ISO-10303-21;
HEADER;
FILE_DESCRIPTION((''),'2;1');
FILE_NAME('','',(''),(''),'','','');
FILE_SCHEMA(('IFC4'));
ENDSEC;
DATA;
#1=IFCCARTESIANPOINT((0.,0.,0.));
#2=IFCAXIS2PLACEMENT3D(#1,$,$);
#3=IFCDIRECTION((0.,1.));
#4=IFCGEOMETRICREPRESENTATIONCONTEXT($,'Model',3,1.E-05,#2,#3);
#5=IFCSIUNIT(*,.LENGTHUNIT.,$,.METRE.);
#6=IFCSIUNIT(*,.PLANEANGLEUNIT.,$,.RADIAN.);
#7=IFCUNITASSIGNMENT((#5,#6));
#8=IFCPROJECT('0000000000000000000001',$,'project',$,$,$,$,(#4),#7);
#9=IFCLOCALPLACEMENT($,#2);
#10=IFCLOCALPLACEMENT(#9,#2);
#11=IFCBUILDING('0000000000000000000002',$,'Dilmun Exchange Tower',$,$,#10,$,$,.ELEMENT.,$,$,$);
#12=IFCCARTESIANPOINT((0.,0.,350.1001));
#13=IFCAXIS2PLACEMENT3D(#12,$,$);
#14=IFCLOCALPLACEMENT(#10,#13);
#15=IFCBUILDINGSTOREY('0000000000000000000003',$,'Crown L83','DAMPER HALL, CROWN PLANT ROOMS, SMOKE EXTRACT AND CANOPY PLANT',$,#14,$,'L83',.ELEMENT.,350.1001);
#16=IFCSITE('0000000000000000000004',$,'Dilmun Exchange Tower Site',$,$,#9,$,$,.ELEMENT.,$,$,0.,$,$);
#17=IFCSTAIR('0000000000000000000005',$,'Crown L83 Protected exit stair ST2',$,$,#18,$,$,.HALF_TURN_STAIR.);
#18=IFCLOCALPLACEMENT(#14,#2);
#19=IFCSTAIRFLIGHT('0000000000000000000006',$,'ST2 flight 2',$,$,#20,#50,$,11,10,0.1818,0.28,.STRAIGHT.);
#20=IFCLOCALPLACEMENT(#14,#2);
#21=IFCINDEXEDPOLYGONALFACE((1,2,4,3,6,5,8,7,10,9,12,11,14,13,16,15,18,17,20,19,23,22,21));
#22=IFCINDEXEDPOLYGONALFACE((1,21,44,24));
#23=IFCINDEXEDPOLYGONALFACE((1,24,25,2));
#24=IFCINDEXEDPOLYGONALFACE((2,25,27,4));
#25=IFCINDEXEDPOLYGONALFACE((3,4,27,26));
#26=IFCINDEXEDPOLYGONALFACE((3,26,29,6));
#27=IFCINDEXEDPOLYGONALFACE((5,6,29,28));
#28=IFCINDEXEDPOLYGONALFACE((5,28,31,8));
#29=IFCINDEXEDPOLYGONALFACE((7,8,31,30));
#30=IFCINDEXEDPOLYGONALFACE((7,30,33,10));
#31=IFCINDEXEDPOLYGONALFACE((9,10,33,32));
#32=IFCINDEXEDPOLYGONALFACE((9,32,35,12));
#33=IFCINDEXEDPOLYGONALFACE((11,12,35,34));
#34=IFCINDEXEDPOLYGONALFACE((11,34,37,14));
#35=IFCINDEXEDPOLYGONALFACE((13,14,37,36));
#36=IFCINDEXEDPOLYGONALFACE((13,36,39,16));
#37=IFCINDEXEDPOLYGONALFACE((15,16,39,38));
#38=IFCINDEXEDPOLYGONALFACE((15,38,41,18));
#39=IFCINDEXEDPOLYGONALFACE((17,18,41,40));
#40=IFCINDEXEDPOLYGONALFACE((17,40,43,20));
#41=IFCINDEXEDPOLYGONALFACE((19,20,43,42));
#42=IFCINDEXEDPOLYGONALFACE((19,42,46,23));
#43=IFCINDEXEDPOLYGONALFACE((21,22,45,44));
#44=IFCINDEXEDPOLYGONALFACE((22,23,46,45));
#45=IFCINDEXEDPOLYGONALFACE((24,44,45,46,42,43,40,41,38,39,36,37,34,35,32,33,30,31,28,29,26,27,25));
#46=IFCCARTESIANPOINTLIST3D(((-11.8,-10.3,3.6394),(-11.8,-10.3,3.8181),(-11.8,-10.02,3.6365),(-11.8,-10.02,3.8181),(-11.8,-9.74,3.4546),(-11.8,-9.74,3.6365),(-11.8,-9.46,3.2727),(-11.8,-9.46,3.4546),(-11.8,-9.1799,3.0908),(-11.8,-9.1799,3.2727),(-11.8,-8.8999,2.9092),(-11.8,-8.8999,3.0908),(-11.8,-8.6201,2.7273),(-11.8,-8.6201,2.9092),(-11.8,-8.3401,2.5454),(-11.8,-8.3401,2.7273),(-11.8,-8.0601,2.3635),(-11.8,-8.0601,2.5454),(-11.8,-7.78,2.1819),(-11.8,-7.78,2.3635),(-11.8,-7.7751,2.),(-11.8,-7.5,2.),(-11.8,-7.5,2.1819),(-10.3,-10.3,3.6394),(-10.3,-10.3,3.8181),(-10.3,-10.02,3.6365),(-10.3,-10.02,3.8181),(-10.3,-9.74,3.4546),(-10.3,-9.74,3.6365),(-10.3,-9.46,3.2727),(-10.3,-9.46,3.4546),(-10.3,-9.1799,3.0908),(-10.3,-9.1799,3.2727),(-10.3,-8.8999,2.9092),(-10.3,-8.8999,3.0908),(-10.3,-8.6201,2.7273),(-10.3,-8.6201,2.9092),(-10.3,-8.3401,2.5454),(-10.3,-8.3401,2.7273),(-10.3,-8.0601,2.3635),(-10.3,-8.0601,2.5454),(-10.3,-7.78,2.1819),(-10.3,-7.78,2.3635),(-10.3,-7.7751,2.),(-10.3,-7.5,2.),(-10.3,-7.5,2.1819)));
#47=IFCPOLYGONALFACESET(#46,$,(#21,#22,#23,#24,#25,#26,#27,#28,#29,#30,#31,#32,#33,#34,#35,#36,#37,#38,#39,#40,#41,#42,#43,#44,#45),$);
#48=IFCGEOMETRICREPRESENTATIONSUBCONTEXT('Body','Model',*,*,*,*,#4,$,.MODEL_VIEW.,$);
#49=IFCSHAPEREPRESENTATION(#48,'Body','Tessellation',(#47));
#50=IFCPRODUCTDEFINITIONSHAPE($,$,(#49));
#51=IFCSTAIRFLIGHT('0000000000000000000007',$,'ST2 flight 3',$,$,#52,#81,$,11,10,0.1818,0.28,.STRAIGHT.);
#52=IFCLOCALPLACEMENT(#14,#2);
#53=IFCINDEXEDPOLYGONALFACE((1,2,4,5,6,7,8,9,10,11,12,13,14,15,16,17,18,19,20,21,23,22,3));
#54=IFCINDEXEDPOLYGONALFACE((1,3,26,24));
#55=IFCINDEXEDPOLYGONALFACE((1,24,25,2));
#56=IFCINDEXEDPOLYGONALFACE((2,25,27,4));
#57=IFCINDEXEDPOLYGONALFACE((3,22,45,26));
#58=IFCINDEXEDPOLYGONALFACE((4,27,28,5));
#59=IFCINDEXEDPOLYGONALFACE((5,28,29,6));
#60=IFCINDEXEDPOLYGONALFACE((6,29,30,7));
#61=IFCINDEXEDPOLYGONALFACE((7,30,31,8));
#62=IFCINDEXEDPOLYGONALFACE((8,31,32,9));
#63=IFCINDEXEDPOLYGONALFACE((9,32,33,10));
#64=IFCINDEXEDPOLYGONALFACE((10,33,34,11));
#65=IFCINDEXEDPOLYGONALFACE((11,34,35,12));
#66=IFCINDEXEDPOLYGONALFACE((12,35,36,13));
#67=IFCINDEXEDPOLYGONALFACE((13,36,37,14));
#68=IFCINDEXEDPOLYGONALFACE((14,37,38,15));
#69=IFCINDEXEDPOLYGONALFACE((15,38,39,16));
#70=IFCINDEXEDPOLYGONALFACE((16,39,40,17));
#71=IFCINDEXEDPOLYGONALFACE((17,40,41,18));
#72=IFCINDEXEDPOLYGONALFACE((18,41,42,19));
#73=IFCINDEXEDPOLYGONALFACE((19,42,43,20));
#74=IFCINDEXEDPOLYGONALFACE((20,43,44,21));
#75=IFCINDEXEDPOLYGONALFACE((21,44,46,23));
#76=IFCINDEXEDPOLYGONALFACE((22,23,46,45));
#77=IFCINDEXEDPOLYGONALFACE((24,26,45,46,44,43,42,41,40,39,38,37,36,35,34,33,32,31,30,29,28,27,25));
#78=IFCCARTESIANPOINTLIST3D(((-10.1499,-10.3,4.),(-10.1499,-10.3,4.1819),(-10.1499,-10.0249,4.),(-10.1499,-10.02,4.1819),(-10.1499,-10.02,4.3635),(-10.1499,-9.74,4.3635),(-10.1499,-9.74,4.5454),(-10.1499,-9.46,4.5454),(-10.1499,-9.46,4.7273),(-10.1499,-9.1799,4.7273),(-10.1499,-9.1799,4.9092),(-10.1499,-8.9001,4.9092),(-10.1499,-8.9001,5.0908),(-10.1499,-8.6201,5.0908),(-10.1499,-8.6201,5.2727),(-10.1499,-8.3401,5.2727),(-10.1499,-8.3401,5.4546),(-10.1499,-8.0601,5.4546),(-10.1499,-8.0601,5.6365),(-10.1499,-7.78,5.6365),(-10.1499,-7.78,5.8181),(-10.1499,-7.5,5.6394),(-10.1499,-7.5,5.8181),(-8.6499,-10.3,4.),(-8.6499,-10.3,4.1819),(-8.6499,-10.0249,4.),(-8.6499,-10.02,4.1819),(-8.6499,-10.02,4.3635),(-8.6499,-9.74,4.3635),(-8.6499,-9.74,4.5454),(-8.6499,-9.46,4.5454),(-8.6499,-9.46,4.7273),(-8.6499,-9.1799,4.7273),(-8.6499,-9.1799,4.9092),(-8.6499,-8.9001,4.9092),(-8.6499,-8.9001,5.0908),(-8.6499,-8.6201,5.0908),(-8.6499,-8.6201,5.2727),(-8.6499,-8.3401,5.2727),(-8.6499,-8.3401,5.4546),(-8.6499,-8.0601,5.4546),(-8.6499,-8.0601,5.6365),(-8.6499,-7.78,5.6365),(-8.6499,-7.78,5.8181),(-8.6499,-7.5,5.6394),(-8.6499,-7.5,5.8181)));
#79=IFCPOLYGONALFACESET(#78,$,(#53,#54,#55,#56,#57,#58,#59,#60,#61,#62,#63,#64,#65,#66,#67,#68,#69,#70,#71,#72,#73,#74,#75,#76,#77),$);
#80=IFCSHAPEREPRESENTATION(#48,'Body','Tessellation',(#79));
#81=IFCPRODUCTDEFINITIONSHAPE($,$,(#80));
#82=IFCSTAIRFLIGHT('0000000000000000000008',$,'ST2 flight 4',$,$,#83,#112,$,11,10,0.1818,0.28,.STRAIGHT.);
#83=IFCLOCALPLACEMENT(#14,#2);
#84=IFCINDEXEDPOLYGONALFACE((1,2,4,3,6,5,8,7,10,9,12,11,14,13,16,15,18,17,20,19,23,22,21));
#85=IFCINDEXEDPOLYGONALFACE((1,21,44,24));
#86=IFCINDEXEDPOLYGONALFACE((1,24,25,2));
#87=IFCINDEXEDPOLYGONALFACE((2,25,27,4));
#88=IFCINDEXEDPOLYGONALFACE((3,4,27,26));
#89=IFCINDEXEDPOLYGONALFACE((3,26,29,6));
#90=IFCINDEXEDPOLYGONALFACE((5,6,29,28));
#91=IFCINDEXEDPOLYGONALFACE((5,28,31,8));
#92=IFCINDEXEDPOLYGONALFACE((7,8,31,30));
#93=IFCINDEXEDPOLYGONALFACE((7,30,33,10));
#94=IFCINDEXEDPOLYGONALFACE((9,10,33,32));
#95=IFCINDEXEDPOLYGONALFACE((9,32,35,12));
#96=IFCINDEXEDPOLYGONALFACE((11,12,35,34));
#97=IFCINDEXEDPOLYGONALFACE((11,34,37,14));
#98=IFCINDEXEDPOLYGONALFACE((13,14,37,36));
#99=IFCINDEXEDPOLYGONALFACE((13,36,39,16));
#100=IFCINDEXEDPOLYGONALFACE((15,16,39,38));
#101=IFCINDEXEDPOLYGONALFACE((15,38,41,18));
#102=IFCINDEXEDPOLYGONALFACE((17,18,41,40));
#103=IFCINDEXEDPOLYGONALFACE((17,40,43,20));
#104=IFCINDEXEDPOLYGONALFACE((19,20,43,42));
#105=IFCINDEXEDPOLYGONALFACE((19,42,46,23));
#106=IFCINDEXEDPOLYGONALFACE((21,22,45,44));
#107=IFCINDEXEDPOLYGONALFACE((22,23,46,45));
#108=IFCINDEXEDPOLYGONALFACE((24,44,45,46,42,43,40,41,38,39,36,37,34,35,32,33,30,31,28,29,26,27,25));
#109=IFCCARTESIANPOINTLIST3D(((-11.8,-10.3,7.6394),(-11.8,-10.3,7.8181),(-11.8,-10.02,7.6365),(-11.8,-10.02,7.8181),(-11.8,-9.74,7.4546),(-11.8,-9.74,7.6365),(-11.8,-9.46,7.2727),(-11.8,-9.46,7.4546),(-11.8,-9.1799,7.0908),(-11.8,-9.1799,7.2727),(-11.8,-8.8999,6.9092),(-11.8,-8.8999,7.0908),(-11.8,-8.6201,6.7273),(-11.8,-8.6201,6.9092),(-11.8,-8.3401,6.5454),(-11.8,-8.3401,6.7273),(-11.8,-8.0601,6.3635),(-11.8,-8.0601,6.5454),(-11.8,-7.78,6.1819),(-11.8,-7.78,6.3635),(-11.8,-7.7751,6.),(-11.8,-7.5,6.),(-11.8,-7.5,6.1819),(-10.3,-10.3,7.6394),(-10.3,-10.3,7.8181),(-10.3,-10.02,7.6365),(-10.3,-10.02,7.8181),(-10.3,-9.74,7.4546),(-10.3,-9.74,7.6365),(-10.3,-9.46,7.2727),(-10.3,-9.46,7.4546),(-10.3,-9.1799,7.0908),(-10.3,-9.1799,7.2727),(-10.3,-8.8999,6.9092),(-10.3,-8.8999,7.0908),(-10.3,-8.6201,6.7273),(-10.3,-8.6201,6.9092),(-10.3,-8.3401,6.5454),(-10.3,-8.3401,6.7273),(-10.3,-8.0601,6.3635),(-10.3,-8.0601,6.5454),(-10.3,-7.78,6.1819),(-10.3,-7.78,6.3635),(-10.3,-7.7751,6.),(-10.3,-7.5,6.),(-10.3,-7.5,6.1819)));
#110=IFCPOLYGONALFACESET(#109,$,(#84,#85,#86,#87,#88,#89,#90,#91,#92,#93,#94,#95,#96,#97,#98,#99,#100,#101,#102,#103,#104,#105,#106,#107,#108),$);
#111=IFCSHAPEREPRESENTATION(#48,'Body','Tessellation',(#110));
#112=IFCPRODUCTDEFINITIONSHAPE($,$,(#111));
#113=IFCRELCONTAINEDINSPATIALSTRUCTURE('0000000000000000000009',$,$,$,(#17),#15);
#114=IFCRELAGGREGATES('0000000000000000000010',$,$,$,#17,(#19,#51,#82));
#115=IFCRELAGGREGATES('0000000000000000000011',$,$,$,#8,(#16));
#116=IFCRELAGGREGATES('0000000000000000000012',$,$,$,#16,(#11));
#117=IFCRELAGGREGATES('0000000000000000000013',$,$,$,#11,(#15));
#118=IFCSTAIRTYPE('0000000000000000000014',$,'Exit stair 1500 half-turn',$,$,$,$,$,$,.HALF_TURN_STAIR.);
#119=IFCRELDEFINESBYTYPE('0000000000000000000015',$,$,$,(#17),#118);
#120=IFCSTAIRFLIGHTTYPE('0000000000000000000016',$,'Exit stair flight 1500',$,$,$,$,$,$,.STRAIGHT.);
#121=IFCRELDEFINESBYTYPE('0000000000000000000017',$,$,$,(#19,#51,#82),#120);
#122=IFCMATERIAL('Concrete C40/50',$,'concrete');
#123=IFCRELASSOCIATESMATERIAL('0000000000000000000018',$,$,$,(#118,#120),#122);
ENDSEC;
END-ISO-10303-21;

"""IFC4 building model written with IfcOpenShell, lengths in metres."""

from ifc_helpers import new_model, si_unit, direction, frame, origin, place, context, subcontext, project, spatial, polyline, outline, extrude, material, type_object, element, aggregate, save


model = new_model("IFC4")

# Units and contexts
model_context = context("Model", 3, precision=1e-05, world=origin(), true_north=direction((0.0, 1.0)))
body_context = subcontext(model_context, "Body", "Model", "MODEL_VIEW")
ifc_project = project(units=[si_unit("LENGTHUNIT", "METRE"), si_unit("PLANEANGLEUNIT", "RADIAN")], contexts=[model_context])

# Site, building, storey
site_placement = place(None, origin())
site = spatial("IfcSite", under=ifc_project, at=site_placement, Name="Dilmun Exchange Tower Site", CompositionType="ELEMENT", RefElevation=0.0)
building_placement = place(site_placement, origin())
building = spatial("IfcBuilding", under=site, at=building_placement, Name="Dilmun Exchange Tower", CompositionType="ELEMENT")
storey_placement = place(building_placement, frame((0.0, 0.0, 350.1001)))
storey = spatial("IfcBuildingStorey", under=building, at=storey_placement, Name="Crown L83", Description="DAMPER HALL, CROWN PLANT ROOMS, SMOKE EXTRACT AND CANOPY PLANT", LongName="L83", CompositionType="ELEMENT", Elevation=350.1001)

# Stair, stair flights
ifc_material_1 = material(Name="Concrete C40/50", Category="concrete")
stair_type = type_object("IfcStairType", Name="Exit stair 1500 half-turn", PredefinedType="HALF_TURN_STAIR", material=ifc_material_1)
stair_placement = place(storey_placement, origin())
stair = element("IfcStair", 1, at=stair_placement, inside=storey, type_object=stair_type, Name="Crown L83 Protected exit stair ST2", PredefinedType="HALF_TURN_STAIR")
stair_flight_type = type_object("IfcStairFlightType", Name="Exit stair flight 1500", PredefinedType="STRAIGHT", material=ifc_material_1)
stair_flight_1_placement = place(storey_placement, frame((-11.05, -7.5, 2.0), z_axis=(0.0, 0.0, 1.0), x_axis=(0.0, -1.0, 0.0)))
stair_flight_1 = element("IfcStairFlight", 2, at=stair_flight_1_placement, type_object=stair_flight_type, Name="ST2 flight 2", NumberOfRisers=11, NumberOfTreads=10, PredefinedType="STRAIGHT", RiserHeight=0.1818, TreadLength=0.28, context=body_context, shape_type="SweptSolid", body=[
    extrude(outline(polyline([(0.0, 0.0), (0.0, 0.1819), (0.28, 0.1819), (0.28, 0.3635), (0.5601, 0.3635), (0.5601, 0.5454), (0.8401, 0.5454), (0.8401, 0.7273), (1.1201, 0.7273), (1.1201, 0.9092), (1.3999, 0.9092), (1.3999, 1.0908), (1.6799, 1.0908), (1.6799, 1.2727), (1.96, 1.2727), (1.96, 1.4546), (2.24, 1.4546), (2.24, 1.6365), (2.52, 1.6365), (2.52, 1.8181), (2.8, 1.8181), (2.8, 2.0), (2.8, 1.6394), (0.2751, 0.0), (0.0, 0.0)])), frame((0.0, 0.75, 0.0), z_axis=(0.0, -1.0, 0.0), x_axis=(1.0, 0.0, 0.0)), (0.0, 0.0, 1.0), 1.5),
])
stair_flight_2_placement = place(storey_placement, frame((-9.3999, -10.3, 4.0), z_axis=(0.0, 0.0, 1.0), x_axis=(0.0, 1.0, 0.0)))
stair_flight_2 = element("IfcStairFlight", 3, at=stair_flight_2_placement, type_object=stair_flight_type, Name="ST2 flight 3", NumberOfRisers=11, NumberOfTreads=10, PredefinedType="STRAIGHT", RiserHeight=0.1818, TreadLength=0.28, context=body_context, shape_type="SweptSolid", body=[
    extrude(outline(polyline([(0.0, 0.0), (0.0, 0.1819), (0.28, 0.1819), (0.28, 0.3635), (0.5601, 0.3635), (0.5601, 0.5454), (0.8401, 0.5454), (0.8401, 0.7273), (1.1201, 0.7273), (1.1201, 0.9092), (1.3999, 0.9092), (1.3999, 1.0908), (1.6799, 1.0908), (1.6799, 1.2727), (1.96, 1.2727), (1.96, 1.4546), (2.24, 1.4546), (2.24, 1.6365), (2.52, 1.6365), (2.52, 1.8181), (2.8, 1.8181), (2.8, 2.0), (2.8, 1.6394), (0.2751, 0.0), (0.0, 0.0)])), frame((0.0, 0.75, 0.0), z_axis=(0.0, -1.0, 0.0), x_axis=(1.0, 0.0, 0.0)), (0.0, 0.0, 1.0), 1.5),
])
stair_flight_3_placement = place(storey_placement, frame((-11.05, -7.5, 6.0), z_axis=(0.0, 0.0, 1.0), x_axis=(0.0, -1.0, 0.0)))
stair_flight_3 = element("IfcStairFlight", 4, at=stair_flight_3_placement, type_object=stair_flight_type, Name="ST2 flight 4", NumberOfRisers=11, NumberOfTreads=10, PredefinedType="STRAIGHT", RiserHeight=0.1818, TreadLength=0.28, context=body_context, shape_type="SweptSolid", body=[
    extrude(outline(polyline([(0.0, 0.0), (0.0, 0.1819), (0.28, 0.1819), (0.28, 0.3635), (0.5601, 0.3635), (0.5601, 0.5454), (0.8401, 0.5454), (0.8401, 0.7273), (1.1201, 0.7273), (1.1201, 0.9092), (1.3999, 0.9092), (1.3999, 1.0908), (1.6799, 1.0908), (1.6799, 1.2727), (1.96, 1.2727), (1.96, 1.4546), (2.24, 1.4546), (2.24, 1.6365), (2.52, 1.6365), (2.52, 1.8181), (2.8, 1.8181), (2.8, 2.0), (2.8, 1.6394), (0.2751, 0.0), (0.0, 0.0)])), frame((0.0, 0.75, 0.0), z_axis=(0.0, -1.0, 0.0), x_axis=(1.0, 0.0, 0.0)), (0.0, 0.0, 1.0), 1.5),
])
aggregate(stair, [stair_flight_1, stair_flight_2, stair_flight_3])

save(model, "model.ifc")
